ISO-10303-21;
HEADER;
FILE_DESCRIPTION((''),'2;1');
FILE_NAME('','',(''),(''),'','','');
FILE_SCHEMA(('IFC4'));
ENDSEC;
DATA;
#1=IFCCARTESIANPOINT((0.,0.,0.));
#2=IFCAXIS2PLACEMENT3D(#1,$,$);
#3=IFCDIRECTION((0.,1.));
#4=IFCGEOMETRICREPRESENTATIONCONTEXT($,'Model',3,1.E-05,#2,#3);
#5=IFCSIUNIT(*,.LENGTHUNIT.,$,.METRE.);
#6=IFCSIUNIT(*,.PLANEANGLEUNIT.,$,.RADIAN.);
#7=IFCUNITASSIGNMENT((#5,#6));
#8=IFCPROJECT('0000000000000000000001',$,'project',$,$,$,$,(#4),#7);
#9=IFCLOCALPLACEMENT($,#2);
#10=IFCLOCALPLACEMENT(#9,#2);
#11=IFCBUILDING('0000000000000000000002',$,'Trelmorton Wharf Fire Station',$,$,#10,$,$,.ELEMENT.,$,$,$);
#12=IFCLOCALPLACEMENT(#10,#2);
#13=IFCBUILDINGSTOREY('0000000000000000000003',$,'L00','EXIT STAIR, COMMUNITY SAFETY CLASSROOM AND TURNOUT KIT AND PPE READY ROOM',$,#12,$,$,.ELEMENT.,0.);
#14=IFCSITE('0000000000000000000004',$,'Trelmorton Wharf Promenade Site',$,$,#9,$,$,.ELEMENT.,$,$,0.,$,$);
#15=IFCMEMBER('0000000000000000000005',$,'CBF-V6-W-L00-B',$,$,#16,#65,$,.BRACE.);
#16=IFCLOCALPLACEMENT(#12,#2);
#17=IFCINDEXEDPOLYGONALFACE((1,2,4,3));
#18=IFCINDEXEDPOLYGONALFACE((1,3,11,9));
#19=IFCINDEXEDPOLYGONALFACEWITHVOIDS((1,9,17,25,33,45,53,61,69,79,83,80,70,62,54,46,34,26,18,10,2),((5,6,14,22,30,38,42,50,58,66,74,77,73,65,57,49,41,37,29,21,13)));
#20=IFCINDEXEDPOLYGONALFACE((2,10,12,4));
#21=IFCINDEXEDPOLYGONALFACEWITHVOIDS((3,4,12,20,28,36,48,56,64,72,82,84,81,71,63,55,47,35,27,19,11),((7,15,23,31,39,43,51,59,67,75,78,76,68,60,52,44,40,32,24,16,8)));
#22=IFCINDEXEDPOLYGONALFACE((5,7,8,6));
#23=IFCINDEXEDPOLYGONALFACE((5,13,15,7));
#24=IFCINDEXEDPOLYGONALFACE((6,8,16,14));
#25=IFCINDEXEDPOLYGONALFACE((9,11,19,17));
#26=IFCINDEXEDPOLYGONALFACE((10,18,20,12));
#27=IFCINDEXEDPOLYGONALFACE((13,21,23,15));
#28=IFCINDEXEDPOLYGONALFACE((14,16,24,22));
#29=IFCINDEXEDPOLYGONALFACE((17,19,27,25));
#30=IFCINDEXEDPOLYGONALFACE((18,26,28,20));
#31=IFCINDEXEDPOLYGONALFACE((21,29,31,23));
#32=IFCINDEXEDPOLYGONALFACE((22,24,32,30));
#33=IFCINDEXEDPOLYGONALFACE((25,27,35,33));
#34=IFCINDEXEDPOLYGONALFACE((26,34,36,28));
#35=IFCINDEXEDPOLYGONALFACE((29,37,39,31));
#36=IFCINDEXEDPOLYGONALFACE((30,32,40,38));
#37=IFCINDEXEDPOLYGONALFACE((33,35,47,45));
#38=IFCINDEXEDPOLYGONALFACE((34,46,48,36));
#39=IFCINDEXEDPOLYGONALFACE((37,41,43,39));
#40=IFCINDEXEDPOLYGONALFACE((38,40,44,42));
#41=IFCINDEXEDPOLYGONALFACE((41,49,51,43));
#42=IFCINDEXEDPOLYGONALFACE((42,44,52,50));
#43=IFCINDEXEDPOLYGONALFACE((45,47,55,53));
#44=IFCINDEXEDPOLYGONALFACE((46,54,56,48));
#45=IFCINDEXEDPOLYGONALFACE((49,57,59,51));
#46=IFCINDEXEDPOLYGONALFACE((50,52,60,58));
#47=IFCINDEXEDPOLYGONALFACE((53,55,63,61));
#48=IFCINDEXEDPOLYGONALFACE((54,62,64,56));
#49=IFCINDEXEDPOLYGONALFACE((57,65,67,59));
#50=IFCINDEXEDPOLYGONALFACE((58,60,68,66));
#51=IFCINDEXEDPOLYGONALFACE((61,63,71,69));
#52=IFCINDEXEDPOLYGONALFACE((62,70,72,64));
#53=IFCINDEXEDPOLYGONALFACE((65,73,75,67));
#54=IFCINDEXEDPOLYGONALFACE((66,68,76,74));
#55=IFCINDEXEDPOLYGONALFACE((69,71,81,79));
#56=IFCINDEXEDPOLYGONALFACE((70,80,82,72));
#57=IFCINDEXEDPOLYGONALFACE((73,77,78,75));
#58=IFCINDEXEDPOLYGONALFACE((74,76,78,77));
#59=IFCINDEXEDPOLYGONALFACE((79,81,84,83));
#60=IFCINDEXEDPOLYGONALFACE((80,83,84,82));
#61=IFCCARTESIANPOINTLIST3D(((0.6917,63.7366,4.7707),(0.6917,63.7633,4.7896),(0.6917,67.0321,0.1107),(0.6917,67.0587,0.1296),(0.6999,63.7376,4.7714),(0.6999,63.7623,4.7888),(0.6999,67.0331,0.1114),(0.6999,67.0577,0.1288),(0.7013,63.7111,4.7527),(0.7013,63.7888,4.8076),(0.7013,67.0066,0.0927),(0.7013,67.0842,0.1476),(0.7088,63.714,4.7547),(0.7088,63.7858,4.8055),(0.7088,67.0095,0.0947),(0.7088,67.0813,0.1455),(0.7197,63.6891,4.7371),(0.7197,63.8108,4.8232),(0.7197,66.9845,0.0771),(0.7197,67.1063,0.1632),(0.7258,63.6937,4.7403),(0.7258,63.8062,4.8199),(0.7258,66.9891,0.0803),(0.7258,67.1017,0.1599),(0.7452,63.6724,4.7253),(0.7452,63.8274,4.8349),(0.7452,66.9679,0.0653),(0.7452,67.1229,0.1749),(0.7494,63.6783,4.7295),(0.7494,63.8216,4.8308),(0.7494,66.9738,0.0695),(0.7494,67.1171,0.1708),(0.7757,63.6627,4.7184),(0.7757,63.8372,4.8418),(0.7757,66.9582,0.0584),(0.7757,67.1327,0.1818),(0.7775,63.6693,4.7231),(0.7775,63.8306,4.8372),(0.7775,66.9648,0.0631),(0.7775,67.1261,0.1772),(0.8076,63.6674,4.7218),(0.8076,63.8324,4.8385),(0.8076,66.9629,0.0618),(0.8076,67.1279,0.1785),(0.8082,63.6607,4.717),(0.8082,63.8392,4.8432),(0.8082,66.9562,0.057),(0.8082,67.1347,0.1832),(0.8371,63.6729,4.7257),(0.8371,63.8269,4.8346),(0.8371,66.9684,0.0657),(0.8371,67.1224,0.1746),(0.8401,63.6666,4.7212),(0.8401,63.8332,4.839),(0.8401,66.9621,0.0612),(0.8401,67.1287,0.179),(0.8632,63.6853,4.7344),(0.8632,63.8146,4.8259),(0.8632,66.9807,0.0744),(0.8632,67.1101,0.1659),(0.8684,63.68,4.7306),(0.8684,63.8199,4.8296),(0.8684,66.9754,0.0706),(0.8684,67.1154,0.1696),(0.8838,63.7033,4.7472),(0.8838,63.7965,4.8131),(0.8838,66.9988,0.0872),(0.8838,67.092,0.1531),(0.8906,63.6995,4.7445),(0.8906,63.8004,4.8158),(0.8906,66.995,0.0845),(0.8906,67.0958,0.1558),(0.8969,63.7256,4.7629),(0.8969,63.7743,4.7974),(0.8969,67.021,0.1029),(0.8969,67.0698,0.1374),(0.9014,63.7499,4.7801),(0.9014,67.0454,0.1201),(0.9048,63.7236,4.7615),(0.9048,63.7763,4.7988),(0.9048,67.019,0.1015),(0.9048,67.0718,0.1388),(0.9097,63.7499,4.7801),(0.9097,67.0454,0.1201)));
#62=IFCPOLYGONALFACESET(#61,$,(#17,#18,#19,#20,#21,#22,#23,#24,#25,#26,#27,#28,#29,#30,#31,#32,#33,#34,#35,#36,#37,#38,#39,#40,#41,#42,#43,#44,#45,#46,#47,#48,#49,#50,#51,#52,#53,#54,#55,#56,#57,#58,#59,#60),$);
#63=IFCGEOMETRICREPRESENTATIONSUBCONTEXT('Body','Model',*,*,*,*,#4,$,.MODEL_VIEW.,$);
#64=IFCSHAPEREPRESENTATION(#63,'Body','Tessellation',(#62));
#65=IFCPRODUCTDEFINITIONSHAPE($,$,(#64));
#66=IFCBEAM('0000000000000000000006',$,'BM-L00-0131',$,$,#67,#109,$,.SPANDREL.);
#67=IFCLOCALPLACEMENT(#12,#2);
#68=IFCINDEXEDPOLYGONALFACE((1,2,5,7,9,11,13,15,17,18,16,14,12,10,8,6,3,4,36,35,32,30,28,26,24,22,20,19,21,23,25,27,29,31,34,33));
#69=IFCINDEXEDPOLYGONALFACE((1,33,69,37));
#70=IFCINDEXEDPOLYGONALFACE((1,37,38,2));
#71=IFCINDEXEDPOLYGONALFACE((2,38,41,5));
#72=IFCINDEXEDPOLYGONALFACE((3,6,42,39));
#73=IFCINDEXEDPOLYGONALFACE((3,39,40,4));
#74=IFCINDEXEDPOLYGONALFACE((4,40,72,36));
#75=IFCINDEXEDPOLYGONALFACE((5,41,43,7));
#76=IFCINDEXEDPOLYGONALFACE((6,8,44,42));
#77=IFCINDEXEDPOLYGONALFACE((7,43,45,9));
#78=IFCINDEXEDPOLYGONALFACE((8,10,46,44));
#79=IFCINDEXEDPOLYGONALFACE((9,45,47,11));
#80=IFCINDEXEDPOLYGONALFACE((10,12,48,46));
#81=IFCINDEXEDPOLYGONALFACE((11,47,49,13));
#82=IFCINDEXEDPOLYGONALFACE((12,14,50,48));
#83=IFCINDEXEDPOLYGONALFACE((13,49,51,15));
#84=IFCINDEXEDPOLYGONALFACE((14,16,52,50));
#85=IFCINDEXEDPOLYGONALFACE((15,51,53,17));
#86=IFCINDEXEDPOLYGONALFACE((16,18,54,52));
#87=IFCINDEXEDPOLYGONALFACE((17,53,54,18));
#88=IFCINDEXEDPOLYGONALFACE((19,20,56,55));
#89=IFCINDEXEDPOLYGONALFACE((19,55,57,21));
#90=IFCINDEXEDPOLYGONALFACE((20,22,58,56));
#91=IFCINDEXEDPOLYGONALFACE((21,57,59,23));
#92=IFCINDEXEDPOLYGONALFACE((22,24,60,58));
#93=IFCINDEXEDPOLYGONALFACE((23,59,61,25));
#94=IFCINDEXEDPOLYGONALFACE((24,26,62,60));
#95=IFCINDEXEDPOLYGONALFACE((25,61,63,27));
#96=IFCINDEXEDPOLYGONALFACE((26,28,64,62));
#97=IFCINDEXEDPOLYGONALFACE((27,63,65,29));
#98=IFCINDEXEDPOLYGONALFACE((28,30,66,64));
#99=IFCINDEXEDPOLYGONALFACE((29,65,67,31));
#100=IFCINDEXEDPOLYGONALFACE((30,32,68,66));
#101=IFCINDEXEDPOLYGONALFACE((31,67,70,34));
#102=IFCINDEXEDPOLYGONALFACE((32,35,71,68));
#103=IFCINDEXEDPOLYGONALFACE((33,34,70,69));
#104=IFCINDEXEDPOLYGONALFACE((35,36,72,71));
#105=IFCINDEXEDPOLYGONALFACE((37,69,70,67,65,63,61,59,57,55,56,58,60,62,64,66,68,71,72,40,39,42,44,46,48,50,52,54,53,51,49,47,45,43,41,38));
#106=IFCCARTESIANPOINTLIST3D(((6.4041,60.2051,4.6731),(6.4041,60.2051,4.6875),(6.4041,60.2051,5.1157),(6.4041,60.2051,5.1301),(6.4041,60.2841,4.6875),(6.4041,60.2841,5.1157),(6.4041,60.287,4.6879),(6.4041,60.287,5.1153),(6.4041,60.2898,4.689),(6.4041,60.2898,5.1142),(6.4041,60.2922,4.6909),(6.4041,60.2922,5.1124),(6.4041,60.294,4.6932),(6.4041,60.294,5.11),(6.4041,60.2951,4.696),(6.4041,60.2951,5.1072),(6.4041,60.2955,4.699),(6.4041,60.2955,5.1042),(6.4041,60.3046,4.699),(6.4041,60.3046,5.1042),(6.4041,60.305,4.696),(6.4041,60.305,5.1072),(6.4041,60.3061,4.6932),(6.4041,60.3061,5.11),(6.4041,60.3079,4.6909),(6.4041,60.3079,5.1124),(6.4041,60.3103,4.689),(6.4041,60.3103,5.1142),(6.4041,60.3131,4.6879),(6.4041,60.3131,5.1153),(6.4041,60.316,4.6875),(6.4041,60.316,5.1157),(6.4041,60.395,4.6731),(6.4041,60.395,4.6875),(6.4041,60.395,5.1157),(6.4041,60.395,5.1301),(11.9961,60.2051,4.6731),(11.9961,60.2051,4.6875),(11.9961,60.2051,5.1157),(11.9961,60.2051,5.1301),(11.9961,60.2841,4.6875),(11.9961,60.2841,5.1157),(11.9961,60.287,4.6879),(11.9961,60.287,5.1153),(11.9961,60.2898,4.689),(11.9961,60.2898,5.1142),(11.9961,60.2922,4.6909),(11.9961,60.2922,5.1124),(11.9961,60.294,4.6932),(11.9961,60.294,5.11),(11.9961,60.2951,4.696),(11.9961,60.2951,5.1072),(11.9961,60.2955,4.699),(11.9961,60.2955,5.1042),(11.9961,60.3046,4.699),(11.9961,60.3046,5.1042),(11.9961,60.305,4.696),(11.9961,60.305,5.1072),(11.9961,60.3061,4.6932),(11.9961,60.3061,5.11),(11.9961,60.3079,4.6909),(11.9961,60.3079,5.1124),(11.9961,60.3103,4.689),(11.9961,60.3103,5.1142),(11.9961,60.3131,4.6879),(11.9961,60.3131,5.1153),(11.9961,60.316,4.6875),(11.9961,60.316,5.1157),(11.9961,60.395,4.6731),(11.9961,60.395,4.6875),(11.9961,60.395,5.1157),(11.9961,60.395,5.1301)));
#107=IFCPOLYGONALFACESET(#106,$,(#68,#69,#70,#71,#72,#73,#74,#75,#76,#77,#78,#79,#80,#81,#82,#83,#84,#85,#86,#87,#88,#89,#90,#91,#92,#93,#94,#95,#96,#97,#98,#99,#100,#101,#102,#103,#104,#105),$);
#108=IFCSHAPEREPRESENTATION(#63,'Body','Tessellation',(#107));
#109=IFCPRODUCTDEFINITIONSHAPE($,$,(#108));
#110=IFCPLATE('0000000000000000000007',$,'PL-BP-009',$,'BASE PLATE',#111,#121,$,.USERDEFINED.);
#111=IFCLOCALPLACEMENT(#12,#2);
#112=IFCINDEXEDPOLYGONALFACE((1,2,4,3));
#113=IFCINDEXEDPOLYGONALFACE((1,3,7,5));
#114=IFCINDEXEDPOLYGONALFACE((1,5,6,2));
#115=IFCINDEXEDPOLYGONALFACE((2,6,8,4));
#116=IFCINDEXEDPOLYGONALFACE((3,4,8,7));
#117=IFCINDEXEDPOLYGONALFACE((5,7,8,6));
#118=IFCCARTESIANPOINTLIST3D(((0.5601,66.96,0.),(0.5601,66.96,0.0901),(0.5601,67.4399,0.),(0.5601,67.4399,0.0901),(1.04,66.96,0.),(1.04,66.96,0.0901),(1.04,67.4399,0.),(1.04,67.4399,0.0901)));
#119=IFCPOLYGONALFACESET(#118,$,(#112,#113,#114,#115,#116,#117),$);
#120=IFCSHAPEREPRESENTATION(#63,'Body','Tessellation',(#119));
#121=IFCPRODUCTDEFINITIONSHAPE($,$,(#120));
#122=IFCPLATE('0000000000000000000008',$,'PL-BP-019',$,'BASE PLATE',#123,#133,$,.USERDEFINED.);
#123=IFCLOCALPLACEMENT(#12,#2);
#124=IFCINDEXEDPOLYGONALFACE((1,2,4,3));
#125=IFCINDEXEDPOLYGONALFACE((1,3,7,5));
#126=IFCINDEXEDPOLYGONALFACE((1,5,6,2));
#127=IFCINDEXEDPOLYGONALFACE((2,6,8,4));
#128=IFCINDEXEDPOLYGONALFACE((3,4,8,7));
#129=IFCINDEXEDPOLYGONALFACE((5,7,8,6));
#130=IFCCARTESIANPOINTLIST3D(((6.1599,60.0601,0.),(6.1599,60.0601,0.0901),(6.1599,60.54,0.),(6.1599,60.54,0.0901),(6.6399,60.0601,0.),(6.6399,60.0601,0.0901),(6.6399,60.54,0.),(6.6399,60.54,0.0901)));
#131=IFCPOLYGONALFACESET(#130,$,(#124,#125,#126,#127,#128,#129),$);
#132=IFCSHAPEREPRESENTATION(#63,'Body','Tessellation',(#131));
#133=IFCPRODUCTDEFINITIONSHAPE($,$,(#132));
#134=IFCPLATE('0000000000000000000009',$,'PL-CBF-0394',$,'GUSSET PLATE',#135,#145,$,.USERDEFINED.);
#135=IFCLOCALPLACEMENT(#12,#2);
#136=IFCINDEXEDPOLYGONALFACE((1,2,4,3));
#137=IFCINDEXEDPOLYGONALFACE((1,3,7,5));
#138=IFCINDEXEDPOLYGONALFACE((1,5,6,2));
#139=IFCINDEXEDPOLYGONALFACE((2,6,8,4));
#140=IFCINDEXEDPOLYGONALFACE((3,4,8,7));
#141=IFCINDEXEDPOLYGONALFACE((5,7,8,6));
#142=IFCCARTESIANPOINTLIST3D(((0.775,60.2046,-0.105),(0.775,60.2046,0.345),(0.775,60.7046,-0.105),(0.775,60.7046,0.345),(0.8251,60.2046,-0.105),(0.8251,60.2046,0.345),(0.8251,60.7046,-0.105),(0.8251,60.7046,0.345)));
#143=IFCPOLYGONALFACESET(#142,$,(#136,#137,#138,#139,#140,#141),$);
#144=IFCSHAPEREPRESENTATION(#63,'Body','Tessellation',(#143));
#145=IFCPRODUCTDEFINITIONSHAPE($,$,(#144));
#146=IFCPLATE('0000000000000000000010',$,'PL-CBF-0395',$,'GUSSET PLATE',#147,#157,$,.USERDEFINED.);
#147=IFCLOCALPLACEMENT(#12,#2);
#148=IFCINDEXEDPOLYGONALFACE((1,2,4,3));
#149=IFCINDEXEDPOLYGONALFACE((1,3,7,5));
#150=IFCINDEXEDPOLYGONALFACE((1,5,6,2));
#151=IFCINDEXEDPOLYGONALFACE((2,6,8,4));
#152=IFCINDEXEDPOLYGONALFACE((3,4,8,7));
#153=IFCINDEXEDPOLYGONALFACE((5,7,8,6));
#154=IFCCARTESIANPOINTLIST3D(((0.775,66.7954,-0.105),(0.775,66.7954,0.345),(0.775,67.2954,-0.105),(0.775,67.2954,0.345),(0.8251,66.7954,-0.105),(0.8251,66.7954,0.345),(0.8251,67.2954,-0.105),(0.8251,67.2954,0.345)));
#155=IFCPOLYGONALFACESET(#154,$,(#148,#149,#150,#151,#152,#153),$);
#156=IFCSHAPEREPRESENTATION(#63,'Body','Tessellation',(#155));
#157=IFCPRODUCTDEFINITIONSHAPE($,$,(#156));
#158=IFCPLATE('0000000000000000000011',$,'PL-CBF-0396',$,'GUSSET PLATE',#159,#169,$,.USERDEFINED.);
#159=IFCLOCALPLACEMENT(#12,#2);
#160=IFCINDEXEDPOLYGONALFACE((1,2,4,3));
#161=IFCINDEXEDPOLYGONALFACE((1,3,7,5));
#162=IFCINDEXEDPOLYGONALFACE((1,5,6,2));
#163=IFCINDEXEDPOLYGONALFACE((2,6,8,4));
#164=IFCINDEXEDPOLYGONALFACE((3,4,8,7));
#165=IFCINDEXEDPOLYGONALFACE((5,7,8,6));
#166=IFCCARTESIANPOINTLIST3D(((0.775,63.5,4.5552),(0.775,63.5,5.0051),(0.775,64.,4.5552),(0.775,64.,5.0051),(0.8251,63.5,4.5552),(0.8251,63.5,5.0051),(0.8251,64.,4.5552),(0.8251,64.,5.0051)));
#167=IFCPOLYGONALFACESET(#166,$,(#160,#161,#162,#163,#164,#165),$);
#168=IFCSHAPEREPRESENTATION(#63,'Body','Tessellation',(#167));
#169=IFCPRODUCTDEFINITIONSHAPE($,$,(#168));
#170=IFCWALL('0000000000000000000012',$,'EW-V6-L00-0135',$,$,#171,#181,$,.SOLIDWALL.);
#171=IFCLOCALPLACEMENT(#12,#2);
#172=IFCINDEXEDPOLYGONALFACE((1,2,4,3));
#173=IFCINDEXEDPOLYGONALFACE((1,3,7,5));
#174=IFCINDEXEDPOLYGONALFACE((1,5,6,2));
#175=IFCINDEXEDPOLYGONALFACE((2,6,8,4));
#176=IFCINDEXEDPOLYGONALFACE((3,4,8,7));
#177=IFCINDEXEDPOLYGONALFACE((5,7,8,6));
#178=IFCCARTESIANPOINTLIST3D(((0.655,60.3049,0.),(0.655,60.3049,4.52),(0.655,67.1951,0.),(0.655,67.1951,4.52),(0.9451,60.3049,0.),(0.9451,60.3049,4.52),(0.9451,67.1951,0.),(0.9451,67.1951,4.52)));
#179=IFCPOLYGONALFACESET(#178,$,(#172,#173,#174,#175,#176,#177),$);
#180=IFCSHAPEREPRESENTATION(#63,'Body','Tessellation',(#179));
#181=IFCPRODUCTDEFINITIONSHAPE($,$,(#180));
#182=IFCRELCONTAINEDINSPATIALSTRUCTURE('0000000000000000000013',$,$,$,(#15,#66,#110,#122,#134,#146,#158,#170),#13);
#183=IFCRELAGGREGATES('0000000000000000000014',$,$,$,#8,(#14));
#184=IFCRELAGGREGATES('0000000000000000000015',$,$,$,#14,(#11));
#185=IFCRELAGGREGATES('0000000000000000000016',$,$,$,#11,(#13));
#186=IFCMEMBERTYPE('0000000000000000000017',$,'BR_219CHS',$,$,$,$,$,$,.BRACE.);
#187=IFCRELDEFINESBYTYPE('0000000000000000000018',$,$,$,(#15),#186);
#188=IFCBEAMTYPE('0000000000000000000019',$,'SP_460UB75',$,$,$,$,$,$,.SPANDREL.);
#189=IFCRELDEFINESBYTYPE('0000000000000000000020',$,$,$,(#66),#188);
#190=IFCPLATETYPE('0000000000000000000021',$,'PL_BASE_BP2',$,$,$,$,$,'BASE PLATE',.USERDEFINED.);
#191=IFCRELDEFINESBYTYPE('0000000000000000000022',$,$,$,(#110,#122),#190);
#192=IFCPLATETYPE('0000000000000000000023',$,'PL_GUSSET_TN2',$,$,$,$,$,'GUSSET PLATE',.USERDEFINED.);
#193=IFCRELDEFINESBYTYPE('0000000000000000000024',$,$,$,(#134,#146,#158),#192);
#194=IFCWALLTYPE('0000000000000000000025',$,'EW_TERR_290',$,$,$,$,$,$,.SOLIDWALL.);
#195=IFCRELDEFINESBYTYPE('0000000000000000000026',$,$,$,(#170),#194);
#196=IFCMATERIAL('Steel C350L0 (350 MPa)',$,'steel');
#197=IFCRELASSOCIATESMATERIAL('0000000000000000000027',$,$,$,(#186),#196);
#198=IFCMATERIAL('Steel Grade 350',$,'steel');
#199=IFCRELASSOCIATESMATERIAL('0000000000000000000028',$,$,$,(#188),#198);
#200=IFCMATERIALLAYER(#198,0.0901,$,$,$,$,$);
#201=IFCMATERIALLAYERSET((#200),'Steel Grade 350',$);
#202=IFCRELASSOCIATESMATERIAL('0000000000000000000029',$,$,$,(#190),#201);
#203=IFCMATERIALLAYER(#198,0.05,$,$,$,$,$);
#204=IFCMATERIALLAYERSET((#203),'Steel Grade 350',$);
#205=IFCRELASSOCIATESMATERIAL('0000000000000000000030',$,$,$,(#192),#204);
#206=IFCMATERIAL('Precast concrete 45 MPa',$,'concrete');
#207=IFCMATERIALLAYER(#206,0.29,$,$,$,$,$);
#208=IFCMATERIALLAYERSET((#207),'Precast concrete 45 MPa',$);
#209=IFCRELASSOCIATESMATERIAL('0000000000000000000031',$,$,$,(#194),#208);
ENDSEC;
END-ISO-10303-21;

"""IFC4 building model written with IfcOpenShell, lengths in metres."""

from ifc_helpers import new_model, si_unit, direction, frame, frame_2d, origin, origin_2d, place, context, subcontext, project, spatial, rectangle, hollow_circle, i_section, extrude, material, layer, layer_set, material_profile, profile_set, type_object, element, save


model = new_model("IFC4")

# Units and contexts
model_context = context("Model", 3, precision=1e-05, world=origin(), true_north=direction((0.0, 1.0)))
body_context = subcontext(model_context, "Body", "Model", "MODEL_VIEW")
ifc_project = project(units=[si_unit("LENGTHUNIT", "METRE"), si_unit("PLANEANGLEUNIT", "RADIAN")], contexts=[model_context])

# Site, building, storey
site_placement = place(None, origin())
site = spatial("IfcSite", under=ifc_project, at=site_placement, Name="Trelmorton Wharf Promenade Site", CompositionType="ELEMENT", RefElevation=0.0)
building_placement = place(site_placement, origin())
building = spatial("IfcBuilding", under=site, at=building_placement, Name="Trelmorton Wharf Fire Station", CompositionType="ELEMENT")
storey_placement = place(building_placement, origin())
storey = spatial("IfcBuildingStorey", under=building, at=storey_placement, Name="L00", Description="EXIT STAIR, COMMUNITY SAFETY CLASSROOM AND TURNOUT KIT AND PPE READY ROOM", CompositionType="ELEMENT", Elevation=0.0)

# Shared definitions
ifc_material_1 = material(Name="Steel Grade 350", Category="steel")

# Member
ifc_material_2 = material(Name="Steel C350L0 (350 MPa)", Category="steel")
ifc_material_profile_1 = material_profile(ifc_material_2, hollow_circle(Radius=0.1096, WallThickness=0.0083, at=origin_2d()), Name="219.1x8.2CHS")
ifc_profile_set_1 = profile_set([ifc_material_profile_1], Name="Steel C350L0 (350 MPa)")
member_type = type_object("IfcMemberType", Name="BR_219CHS", PredefinedType="BRACE", material=ifc_profile_set_1)
for number, where, z_axis, x_axis, name in (
    (1, (0.8, 67.0454, 0.1201), (0.0, -0.577392, 0.816467), (1.0, 0.0, 0.0), "CBF-V6-W-L00-B"),
):
    element("IfcMember", number, at=place(storey_placement, frame(where, z_axis=z_axis, x_axis=x_axis)), inside=storey, type_object=member_type, Name=name, PredefinedType="BRACE", context=body_context, shape_type="SweptSolid", body=[
        extrude(hollow_circle(Radius=0.1096, WallThickness=0.0083, at=origin_2d()), origin(), (0.0, 0.0, 1.0), 5.7075),
    ])

# Beam
ifc_material_profile_2 = material_profile(ifc_material_1, i_section(OverallWidth=0.1899, OverallDepth=0.457, WebThickness=0.009, FlangeThickness=0.0144, FilletRadius=0.0115, at=origin_2d()), Name="460UB74.6")
ifc_profile_set_2 = profile_set([ifc_material_profile_2], Name="Steel Grade 350")
beam_type_1 = type_object("IfcBeamType", Name="SP_460UB75", PredefinedType="SPANDREL", material=ifc_profile_set_2)
beam_1_placement = place(storey_placement, frame((6.4041, 60.3, 4.9016), z_axis=(1.0, 0.0, 0.0), x_axis=(0.0, 1.0, 0.0)))
element("IfcBeam", 2, at=beam_1_placement, inside=storey, type_object=beam_type_1, Name="BM-L00-0131", PredefinedType="SPANDREL", context=body_context, shape_type="SweptSolid", body=[
    extrude(i_section(OverallWidth=0.1899, OverallDepth=0.457, WebThickness=0.009, FlangeThickness=0.0144, FilletRadius=0.0115, at=origin_2d()), origin(), (0.0, 0.0, 1.0), 5.592),
])

# Plates
ifc_layer_1 = layer(ifc_material_1, 0.0901)
ifc_layer_set_1 = layer_set([ifc_layer_1], Name="Steel Grade 350")
plate_type_1 = type_object("IfcPlateType", Name="PL_BASE_BP2", ElementType="BASE PLATE", PredefinedType="USERDEFINED", material=ifc_layer_set_1)
for number, where, z_axis, x_axis, name in (
    (3, (0.8, 67.2, 0.0), (0.0, 0.0, 1.0), (1.0, 0.0, 0.0), "PL-BP-009"),
    (4, (6.3999, 60.3, 0.0), (0.0, 0.0, 1.0), (1.0, 0.0, 0.0), "PL-BP-019"),
):
    element("IfcPlate", number, at=place(storey_placement, frame(where, z_axis=z_axis, x_axis=x_axis)), inside=storey, type_object=plate_type_1, Name=name, ObjectType="BASE PLATE", PredefinedType="USERDEFINED", context=body_context, shape_type="SweptSolid", body=[
        extrude(rectangle(XDim=0.48, YDim=0.48, at=origin_2d()), origin(), (0.0, 0.0, 1.0), 0.0901),
    ])
ifc_layer_2 = layer(ifc_material_1, 0.05)
ifc_layer_set_2 = layer_set([ifc_layer_2], Name="Steel Grade 350")
plate_type_2 = type_object("IfcPlateType", Name="PL_GUSSET_TN2", ElementType="GUSSET PLATE", PredefinedType="USERDEFINED", material=ifc_layer_set_2)
for number, where, z_axis, x_axis, name in (
    (5, (0.8, 60.4546, -0.105), (0.0, 0.0, 1.0), (1.0, 0.0, 0.0), "PL-CBF-0394"),
    (6, (0.8, 67.0454, -0.105), (0.0, 0.0, 1.0), (1.0, 0.0, 0.0), "PL-CBF-0395"),
    (7, (0.8, 63.75, 4.5552), (0.0, 0.0, 1.0), (1.0, 0.0, 0.0), "PL-CBF-0396"),
):
    element("IfcPlate", number, at=place(storey_placement, frame(where, z_axis=z_axis, x_axis=x_axis)), inside=storey, type_object=plate_type_2, Name=name, ObjectType="GUSSET PLATE", PredefinedType="USERDEFINED", context=body_context, shape_type="SweptSolid", body=[
        extrude(rectangle(XDim=0.05, YDim=0.5, at=origin_2d()), origin(), (0.0, 0.0, 1.0), 0.45),
    ])

# Wall
ifc_material_3 = material(Name="Precast concrete 45 MPa", Category="concrete")
ifc_layer_3 = layer(ifc_material_3, 0.29)
ifc_layer_set_3 = layer_set([ifc_layer_3], Name="Precast concrete 45 MPa")
wall_type = type_object("IfcWallType", Name="EW_TERR_290", PredefinedType="SOLIDWALL", material=ifc_layer_set_3)
wall_placement = place(storey_placement, frame((0.8, 60.3049, 0.0), z_axis=(0.0, 0.0, 1.0), x_axis=(0.0, 1.0, 0.0)))
element("IfcWall", 8, at=wall_placement, inside=storey, type_object=wall_type, Name="EW-V6-L00-0135", PredefinedType="SOLIDWALL", context=body_context, shape_type="SweptSolid", body=[
    extrude(rectangle(XDim=6.8901, YDim=0.29, at=frame_2d((3.4451, 0.0))), origin(), (0.0, 0.0, 1.0), 4.52),
])

save(model, "model.ifc")
